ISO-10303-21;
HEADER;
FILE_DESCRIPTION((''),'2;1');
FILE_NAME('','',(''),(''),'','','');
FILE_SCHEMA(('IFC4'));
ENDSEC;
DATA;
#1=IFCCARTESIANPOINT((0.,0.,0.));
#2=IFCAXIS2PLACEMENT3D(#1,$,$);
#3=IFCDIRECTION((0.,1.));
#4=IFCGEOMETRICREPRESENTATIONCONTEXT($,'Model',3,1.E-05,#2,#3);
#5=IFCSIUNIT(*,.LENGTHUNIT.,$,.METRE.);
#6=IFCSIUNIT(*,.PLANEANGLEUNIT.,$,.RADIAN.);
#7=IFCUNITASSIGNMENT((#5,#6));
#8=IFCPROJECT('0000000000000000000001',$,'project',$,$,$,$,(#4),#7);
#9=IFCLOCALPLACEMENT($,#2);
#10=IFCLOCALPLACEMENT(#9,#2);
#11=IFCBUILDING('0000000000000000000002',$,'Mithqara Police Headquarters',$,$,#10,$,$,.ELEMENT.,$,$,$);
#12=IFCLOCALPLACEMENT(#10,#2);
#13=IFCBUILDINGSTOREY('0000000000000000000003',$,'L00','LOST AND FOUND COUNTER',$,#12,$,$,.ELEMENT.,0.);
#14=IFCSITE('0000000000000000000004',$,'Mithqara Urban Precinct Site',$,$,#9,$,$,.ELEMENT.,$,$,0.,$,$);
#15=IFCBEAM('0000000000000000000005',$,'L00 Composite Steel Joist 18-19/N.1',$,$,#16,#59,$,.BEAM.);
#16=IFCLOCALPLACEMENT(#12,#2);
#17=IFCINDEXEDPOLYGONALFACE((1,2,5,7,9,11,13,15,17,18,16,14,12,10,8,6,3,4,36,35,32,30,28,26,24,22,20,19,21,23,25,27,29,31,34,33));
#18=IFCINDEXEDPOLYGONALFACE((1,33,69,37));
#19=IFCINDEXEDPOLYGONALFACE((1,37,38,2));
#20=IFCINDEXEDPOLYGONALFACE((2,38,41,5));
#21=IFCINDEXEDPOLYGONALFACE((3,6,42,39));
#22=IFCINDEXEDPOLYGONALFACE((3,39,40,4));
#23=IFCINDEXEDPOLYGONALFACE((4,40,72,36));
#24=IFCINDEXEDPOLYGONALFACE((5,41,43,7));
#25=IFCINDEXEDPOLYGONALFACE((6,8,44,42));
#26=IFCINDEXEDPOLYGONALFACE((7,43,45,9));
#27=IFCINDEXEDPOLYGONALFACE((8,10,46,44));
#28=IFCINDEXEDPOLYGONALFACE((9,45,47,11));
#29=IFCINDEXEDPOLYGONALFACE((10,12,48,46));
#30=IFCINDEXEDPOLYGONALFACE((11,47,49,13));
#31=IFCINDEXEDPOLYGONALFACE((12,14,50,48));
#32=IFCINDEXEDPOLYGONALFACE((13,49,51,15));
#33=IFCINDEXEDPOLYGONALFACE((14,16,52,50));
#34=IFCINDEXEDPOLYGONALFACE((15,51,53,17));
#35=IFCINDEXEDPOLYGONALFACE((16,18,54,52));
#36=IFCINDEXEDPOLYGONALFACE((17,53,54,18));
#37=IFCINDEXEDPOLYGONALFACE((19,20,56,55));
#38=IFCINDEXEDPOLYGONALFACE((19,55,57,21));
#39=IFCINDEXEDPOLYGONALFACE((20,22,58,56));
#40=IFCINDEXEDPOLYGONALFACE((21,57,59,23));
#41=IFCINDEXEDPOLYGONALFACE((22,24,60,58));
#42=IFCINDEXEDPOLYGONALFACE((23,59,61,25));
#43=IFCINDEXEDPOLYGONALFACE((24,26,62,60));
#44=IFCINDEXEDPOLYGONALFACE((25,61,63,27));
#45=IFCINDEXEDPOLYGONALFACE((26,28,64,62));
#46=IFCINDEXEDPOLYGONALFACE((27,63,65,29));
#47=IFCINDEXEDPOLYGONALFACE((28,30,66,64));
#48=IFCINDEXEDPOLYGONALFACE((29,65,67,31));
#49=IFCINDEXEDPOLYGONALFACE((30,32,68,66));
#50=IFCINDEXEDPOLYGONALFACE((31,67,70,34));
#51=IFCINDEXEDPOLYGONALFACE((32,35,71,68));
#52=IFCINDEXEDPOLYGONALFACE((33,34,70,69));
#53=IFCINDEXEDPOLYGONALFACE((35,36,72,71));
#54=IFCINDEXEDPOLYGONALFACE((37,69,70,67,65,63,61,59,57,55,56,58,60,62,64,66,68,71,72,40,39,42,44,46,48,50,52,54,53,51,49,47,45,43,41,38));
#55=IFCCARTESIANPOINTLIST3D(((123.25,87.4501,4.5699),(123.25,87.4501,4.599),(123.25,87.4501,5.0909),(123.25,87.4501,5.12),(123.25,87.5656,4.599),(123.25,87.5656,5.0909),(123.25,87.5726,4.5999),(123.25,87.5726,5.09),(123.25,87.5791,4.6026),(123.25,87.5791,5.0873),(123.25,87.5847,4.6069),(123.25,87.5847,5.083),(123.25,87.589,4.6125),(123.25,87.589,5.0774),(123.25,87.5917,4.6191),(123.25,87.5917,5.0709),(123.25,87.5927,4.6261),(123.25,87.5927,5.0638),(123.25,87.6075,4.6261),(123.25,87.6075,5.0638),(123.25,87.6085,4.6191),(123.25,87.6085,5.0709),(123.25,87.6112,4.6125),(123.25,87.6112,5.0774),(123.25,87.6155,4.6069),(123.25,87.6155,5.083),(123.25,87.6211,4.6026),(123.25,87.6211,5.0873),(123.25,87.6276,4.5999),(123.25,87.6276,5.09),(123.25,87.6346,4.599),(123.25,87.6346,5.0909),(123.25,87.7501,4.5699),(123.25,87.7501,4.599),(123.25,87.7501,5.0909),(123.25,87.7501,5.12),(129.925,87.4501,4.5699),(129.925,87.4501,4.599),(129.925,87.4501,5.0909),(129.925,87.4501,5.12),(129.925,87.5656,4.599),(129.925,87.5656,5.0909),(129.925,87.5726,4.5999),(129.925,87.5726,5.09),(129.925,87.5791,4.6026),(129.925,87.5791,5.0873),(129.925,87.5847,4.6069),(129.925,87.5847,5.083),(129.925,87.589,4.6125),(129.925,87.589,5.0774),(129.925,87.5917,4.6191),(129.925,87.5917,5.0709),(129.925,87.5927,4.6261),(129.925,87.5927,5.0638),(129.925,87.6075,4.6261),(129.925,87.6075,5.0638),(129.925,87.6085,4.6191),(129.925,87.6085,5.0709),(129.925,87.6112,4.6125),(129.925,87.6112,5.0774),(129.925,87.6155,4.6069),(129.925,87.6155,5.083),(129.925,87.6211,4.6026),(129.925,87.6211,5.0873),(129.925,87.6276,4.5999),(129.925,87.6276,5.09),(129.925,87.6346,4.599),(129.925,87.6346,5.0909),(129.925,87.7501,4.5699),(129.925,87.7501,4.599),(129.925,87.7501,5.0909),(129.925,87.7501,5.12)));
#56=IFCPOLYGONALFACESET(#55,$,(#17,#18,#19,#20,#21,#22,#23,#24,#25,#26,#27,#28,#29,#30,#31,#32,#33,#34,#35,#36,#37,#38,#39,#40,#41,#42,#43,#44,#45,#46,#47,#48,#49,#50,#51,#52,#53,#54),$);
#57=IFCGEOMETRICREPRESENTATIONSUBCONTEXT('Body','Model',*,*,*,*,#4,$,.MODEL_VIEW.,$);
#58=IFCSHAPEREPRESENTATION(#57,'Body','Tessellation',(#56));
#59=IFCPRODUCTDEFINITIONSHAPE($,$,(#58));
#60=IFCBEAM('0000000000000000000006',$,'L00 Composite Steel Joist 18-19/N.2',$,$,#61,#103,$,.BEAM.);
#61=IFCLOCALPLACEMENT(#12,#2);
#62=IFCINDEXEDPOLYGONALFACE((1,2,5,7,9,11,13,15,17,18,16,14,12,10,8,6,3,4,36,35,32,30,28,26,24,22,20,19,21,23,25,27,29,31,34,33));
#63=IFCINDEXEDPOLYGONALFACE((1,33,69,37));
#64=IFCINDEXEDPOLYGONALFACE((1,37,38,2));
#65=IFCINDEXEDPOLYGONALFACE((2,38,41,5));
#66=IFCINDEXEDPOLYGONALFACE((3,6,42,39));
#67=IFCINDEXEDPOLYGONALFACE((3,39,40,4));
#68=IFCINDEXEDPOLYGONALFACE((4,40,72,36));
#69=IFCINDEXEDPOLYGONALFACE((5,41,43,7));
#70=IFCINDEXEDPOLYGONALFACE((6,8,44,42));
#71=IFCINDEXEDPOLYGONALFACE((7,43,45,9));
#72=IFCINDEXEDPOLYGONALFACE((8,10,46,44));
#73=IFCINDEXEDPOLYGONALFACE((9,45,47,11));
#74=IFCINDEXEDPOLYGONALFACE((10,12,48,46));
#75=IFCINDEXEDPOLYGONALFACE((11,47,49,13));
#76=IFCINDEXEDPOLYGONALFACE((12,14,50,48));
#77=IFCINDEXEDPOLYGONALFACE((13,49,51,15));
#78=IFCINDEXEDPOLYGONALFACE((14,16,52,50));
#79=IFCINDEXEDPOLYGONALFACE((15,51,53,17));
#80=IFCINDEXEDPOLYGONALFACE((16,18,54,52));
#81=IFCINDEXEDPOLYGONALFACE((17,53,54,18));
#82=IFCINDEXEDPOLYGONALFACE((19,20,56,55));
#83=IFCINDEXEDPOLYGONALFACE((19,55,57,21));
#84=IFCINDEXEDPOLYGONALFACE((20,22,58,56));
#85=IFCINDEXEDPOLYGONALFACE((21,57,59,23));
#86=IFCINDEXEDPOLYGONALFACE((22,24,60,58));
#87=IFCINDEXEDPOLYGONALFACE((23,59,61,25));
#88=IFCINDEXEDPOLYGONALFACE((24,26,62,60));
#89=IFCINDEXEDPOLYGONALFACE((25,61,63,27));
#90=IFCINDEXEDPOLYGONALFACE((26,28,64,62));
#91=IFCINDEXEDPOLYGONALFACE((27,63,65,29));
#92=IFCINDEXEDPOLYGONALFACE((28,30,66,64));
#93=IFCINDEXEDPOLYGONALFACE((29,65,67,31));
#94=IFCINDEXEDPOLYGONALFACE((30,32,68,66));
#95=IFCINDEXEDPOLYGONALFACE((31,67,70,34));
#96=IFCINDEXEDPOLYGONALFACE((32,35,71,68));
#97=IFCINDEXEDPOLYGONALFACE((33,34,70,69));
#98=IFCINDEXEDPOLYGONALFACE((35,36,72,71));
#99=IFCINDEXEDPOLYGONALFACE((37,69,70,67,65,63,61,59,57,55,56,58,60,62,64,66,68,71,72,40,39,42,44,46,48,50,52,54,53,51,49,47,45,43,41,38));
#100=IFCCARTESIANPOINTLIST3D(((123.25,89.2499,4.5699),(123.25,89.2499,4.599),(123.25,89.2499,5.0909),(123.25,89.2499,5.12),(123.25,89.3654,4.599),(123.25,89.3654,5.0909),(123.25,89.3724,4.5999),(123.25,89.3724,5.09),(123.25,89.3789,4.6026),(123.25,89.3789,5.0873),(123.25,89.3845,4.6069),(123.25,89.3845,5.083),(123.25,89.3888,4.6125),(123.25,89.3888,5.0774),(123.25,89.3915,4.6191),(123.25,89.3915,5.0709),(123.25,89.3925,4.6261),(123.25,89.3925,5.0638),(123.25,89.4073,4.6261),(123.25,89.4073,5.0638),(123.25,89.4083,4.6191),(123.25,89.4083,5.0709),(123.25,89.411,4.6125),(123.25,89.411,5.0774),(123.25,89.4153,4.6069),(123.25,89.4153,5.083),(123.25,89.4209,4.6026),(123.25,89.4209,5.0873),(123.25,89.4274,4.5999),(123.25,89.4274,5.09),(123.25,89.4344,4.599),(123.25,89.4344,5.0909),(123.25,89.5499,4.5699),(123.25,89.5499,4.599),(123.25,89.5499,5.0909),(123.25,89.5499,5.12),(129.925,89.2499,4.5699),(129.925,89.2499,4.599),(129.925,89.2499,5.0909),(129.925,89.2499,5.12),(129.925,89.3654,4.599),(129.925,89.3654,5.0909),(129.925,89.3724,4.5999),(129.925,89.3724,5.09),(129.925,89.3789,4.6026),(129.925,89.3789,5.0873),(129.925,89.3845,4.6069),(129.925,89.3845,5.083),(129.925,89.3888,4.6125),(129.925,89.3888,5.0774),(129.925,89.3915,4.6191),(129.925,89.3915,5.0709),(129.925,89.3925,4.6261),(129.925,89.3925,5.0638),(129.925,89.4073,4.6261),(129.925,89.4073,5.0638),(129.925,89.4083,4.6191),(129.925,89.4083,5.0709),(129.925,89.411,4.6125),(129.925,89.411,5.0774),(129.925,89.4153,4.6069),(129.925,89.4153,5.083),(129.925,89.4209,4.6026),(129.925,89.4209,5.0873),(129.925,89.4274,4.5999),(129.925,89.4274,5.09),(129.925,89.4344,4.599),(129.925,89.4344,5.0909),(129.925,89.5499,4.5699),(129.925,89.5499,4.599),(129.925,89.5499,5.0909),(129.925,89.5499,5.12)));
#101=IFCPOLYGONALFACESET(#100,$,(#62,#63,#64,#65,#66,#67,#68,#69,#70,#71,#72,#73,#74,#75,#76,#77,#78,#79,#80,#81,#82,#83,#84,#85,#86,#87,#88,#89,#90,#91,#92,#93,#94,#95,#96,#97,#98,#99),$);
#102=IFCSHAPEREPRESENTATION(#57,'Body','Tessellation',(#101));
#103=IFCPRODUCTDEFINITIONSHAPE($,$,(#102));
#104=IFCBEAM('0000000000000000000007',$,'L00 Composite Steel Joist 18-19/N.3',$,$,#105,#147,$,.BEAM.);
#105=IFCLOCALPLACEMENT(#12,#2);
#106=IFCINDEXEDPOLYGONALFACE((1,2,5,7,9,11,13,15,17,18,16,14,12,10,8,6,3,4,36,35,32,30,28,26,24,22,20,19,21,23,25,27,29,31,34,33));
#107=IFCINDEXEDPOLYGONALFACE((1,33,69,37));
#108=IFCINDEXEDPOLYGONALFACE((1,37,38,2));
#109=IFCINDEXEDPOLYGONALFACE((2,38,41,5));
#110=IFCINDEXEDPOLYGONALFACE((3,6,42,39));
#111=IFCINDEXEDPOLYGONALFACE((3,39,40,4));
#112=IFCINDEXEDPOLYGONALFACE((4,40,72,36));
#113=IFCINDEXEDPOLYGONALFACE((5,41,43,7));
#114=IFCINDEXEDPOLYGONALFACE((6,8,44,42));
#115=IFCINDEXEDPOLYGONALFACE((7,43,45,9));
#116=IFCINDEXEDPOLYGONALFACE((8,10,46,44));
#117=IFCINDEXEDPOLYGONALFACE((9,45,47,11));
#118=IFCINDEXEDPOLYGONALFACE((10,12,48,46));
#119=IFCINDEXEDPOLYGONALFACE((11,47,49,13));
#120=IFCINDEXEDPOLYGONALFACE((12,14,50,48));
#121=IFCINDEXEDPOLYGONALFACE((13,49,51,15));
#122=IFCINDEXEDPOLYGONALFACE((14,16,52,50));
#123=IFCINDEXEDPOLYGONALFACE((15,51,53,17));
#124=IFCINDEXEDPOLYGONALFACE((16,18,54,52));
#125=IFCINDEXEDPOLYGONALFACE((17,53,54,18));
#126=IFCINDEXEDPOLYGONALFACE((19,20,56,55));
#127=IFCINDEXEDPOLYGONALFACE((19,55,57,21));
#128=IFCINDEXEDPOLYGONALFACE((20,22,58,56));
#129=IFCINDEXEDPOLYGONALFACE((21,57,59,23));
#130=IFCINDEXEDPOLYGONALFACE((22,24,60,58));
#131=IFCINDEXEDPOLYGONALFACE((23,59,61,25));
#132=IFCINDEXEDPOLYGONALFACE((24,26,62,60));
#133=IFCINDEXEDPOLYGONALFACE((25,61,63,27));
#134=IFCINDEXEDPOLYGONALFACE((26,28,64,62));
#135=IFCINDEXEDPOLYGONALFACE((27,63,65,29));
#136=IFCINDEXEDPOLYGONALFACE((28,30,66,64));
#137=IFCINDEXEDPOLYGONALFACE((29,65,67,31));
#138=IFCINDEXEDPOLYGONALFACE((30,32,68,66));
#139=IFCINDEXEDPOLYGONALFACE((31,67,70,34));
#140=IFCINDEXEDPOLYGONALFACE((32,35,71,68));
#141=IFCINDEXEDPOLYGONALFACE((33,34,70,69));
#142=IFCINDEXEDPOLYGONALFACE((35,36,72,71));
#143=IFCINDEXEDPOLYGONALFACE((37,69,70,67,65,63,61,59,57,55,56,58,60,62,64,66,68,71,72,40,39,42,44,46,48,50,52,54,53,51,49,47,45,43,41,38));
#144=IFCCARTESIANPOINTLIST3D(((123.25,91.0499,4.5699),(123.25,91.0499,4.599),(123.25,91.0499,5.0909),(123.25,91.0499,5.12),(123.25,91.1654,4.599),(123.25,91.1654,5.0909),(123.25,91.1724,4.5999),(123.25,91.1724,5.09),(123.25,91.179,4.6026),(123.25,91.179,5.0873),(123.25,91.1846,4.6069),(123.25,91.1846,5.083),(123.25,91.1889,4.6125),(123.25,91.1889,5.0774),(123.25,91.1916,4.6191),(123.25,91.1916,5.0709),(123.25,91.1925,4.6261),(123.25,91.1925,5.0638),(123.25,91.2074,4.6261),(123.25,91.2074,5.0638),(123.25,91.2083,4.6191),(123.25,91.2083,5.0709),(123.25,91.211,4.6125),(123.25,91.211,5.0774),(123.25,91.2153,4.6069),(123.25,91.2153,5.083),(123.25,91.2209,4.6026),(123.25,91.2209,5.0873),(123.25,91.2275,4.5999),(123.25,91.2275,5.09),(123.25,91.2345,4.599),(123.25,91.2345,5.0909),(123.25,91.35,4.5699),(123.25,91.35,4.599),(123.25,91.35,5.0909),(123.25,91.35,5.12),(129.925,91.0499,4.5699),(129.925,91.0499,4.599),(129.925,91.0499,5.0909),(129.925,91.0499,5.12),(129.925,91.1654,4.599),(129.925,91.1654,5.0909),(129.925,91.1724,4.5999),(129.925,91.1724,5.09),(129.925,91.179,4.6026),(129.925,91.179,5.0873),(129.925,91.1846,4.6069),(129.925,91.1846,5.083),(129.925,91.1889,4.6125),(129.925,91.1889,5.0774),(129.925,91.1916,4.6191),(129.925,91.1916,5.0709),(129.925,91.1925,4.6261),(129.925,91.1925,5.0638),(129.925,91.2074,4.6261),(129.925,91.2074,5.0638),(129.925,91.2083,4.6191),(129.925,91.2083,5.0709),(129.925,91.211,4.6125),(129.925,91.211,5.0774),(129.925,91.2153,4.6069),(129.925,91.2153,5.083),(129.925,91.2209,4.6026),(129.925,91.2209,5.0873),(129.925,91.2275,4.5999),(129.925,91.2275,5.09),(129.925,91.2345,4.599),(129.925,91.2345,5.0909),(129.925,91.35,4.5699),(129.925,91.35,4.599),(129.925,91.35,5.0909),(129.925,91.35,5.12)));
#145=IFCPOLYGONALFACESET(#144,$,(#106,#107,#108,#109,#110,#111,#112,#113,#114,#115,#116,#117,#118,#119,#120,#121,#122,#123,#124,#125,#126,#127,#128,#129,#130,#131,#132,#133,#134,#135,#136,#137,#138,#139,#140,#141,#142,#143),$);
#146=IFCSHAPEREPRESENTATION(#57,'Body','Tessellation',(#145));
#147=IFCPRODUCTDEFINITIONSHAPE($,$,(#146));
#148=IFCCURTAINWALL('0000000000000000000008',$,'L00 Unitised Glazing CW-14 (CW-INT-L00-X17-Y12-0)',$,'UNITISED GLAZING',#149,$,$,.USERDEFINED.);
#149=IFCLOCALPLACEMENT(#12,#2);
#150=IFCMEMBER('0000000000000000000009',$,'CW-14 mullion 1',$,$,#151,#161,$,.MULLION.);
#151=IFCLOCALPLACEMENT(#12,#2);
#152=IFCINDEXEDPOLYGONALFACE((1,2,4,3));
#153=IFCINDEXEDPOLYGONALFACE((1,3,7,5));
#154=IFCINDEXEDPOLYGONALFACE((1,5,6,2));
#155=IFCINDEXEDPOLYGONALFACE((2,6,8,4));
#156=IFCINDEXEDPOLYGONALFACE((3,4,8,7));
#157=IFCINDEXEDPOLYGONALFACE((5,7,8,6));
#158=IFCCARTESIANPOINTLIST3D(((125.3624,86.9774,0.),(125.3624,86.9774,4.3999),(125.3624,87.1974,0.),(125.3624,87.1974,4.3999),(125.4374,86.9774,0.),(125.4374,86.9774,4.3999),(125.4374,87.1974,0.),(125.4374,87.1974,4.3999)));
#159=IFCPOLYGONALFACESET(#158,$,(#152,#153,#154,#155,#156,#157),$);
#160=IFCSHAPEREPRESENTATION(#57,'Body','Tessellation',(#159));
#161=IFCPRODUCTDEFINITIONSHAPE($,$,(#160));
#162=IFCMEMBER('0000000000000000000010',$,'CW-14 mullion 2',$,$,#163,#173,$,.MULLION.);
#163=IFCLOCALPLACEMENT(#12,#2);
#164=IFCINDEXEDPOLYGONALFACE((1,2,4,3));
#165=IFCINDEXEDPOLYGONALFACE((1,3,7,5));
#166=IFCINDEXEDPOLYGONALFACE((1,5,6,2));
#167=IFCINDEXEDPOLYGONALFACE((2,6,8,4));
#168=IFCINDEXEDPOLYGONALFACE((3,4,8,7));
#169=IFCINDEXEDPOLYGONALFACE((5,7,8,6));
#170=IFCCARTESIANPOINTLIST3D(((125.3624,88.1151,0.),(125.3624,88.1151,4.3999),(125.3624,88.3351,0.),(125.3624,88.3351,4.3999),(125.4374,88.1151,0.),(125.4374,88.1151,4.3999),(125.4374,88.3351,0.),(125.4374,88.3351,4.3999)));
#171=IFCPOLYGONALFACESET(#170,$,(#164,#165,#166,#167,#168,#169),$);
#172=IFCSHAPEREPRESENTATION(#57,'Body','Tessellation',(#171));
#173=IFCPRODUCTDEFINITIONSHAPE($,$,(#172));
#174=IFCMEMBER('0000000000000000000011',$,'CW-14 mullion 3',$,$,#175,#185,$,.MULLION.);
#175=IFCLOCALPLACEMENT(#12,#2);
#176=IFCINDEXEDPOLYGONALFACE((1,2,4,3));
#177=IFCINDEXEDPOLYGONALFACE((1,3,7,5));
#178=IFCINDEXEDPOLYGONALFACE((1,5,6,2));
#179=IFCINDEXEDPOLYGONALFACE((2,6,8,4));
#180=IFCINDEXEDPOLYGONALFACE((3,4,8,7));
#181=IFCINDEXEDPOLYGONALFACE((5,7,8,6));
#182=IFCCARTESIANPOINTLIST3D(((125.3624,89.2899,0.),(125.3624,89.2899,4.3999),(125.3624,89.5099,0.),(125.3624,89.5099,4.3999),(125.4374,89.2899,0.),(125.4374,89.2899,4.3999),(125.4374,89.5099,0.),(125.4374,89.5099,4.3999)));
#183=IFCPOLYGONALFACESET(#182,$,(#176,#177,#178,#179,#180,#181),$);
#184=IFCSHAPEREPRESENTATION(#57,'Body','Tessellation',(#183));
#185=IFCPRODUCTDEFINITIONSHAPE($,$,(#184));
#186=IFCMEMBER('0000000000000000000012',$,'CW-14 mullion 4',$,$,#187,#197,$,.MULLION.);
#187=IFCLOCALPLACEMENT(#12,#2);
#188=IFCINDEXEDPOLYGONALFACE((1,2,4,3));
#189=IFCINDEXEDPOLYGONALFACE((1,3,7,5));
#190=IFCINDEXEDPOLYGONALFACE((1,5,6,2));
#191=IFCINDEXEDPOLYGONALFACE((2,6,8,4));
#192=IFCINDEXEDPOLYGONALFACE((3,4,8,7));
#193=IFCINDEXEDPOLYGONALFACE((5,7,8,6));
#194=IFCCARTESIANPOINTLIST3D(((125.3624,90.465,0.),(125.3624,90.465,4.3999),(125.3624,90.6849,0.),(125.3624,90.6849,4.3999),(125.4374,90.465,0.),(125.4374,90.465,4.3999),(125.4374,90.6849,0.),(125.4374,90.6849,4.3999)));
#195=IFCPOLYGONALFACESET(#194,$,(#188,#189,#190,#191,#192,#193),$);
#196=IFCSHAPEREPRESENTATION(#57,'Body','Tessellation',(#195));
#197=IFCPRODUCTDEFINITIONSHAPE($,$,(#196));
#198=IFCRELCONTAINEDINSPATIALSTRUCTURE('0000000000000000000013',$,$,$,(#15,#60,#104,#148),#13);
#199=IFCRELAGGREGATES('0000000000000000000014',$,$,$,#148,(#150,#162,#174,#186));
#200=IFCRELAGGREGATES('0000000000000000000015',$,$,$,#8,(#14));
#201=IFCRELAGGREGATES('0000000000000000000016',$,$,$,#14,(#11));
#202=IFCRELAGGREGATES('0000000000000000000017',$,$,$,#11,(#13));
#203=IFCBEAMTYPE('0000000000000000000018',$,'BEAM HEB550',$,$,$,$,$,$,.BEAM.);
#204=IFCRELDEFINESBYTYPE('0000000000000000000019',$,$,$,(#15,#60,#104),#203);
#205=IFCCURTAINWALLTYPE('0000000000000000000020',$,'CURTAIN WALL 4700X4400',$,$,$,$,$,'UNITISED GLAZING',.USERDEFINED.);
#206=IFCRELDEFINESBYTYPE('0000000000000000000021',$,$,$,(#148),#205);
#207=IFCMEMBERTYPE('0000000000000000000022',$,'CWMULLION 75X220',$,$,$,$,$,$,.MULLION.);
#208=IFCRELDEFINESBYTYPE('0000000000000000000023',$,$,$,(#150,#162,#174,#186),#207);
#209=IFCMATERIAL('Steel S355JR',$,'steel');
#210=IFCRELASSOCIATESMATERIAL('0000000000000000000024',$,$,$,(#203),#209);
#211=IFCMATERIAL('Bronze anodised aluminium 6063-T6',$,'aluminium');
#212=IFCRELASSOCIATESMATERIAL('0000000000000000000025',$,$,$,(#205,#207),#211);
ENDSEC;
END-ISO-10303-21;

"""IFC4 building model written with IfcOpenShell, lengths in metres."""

from ifc_helpers import new_model, si_unit, direction, frame, origin, origin_2d, place, context, subcontext, project, spatial, rectangle, i_section, extrude, material, material_profile, profile_set, type_object, element, aggregate, save


model = new_model("IFC4")

# Units and contexts
model_context = context("Model", 3, precision=1e-05, world=origin(), true_north=direction((0.0, 1.0)))
body_context = subcontext(model_context, "Body", "Model", "MODEL_VIEW")
ifc_project = project(units=[si_unit("LENGTHUNIT", "METRE"), si_unit("PLANEANGLEUNIT", "RADIAN")], contexts=[model_context])

# Site, building, storey
site_placement = place(None, origin())
site = spatial("IfcSite", under=ifc_project, at=site_placement, Name="Mithqara Urban Precinct Site", CompositionType="ELEMENT", RefElevation=0.0)
building_placement = place(site_placement, origin())
building = spatial("IfcBuilding", under=site, at=building_placement, Name="Mithqara Police Headquarters", CompositionType="ELEMENT")
storey_placement = place(building_placement, origin())
storey = spatial("IfcBuildingStorey", under=building, at=storey_placement, Name="L00", Description="LOST AND FOUND COUNTER", CompositionType="ELEMENT", Elevation=0.0)

# Beams
ifc_material_1 = material(Name="Steel S355JR", Category="steel")
ifc_material_profile_1 = material_profile(ifc_material_1, i_section(OverallWidth=0.3, OverallDepth=0.55, WebThickness=0.0149, FlangeThickness=0.0291, FilletRadius=0.0271, at=origin_2d()), Name="HEB 550")
ifc_profile_set_1 = profile_set([ifc_material_profile_1], Name="Steel S355JR")
beam_type = type_object("IfcBeamType", Name="BEAM HEB550", PredefinedType="BEAM", material=ifc_profile_set_1)
for number, where, z_axis, x_axis, name in (
    (1, (123.25, 87.6001, 4.845), (1.0, 0.0, 0.0), (0.0, 1.0, 0.0), "L00 Composite Steel Joist 18-19/N.1"),
    (2, (123.25, 89.3999, 4.845), (1.0, 0.0, 0.0), (0.0, 1.0, 0.0), "L00 Composite Steel Joist 18-19/N.2"),
    (3, (123.25, 91.2, 4.845), (1.0, 0.0, 0.0), (0.0, 1.0, 0.0), "L00 Composite Steel Joist 18-19/N.3"),
):
    element("IfcBeam", number, at=place(storey_placement, frame(where, z_axis=z_axis, x_axis=x_axis)), inside=storey, type_object=beam_type, Name=name, PredefinedType="BEAM", context=body_context, shape_type="SweptSolid", body=[
        extrude(i_section(OverallWidth=0.3, OverallDepth=0.55, WebThickness=0.0149, FlangeThickness=0.0291, FilletRadius=0.0271, at=origin_2d()), origin(), (0.0, 0.0, 1.0), 6.675),
    ])

# Curtain wall, members
ifc_material_2 = material(Name="Bronze anodised aluminium 6063-T6", Category="aluminium")
curtain_wall_type = type_object("IfcCurtainWallType", Name="CURTAIN WALL 4700X4400", ElementType="UNITISED GLAZING", PredefinedType="USERDEFINED", material=ifc_material_2)
curtain_wall_placement = place(storey_placement, origin())
curtain_wall = element("IfcCurtainWall", 4, at=curtain_wall_placement, inside=storey, type_object=curtain_wall_type, Name="L00 Unitised Glazing CW-14 (CW-INT-L00-X17-Y12-0)", ObjectType="UNITISED GLAZING", PredefinedType="USERDEFINED")
ifc_material_profile_2 = material_profile(ifc_material_2, rectangle(XDim=0.075, YDim=0.22, at=origin_2d()), Name="CWM 75x220")
ifc_profile_set_2 = profile_set([ifc_material_profile_2], Name="Bronze anodised aluminium 6063-T6")
member_type_1 = type_object("IfcMemberType", Name="CWMULLION 75X220", PredefinedType="MULLION", material=ifc_profile_set_2)
member_1_placement = place(storey_placement, frame((125.3999, 87.0874, 0.0), z_axis=(0.0, 0.0, 1.0), x_axis=(-1.0, 0.0, 0.0)))
member_1 = element("IfcMember", 5, at=member_1_placement, type_object=member_type_1, Name="CW-14 mullion 1", PredefinedType="MULLION", context=body_context, shape_type="SweptSolid", body=[
    extrude(rectangle(XDim=0.075, YDim=0.22, at=origin_2d()), origin(), (0.0, 0.0, 1.0), 4.3999),
])
member_2_placement = place(storey_placement, frame((125.3999, 88.2251, 0.0), z_axis=(0.0, 0.0, 1.0), x_axis=(-1.0, 0.0, 0.0)))
member_2 = element("IfcMember", 6, at=member_2_placement, type_object=member_type_1, Name="CW-14 mullion 2", PredefinedType="MULLION", context=body_context, shape_type="SweptSolid", body=[
    extrude(rectangle(XDim=0.075, YDim=0.22, at=origin_2d()), origin(), (0.0, 0.0, 1.0), 4.3999),
])
member_3_placement = place(storey_placement, frame((125.3999, 89.3999, 0.0), z_axis=(0.0, 0.0, 1.0), x_axis=(-1.0, 0.0, 0.0)))
member_3 = element("IfcMember", 7, at=member_3_placement, type_object=member_type_1, Name="CW-14 mullion 3", PredefinedType="MULLION", context=body_context, shape_type="SweptSolid", body=[
    extrude(rectangle(XDim=0.075, YDim=0.22, at=origin_2d()), origin(), (0.0, 0.0, 1.0), 4.3999),
])
member_4_placement = place(storey_placement, frame((125.3999, 90.575, 0.0), z_axis=(0.0, 0.0, 1.0), x_axis=(-1.0, 0.0, 0.0)))
member_4 = element("IfcMember", 8, at=member_4_placement, type_object=member_type_1, Name="CW-14 mullion 4", PredefinedType="MULLION", context=body_context, shape_type="SweptSolid", body=[
    extrude(rectangle(XDim=0.075, YDim=0.22, at=origin_2d()), origin(), (0.0, 0.0, 1.0), 4.3999),
])
aggregate(curtain_wall, [member_1, member_2, member_3, member_4])

save(model, "model.ifc")
